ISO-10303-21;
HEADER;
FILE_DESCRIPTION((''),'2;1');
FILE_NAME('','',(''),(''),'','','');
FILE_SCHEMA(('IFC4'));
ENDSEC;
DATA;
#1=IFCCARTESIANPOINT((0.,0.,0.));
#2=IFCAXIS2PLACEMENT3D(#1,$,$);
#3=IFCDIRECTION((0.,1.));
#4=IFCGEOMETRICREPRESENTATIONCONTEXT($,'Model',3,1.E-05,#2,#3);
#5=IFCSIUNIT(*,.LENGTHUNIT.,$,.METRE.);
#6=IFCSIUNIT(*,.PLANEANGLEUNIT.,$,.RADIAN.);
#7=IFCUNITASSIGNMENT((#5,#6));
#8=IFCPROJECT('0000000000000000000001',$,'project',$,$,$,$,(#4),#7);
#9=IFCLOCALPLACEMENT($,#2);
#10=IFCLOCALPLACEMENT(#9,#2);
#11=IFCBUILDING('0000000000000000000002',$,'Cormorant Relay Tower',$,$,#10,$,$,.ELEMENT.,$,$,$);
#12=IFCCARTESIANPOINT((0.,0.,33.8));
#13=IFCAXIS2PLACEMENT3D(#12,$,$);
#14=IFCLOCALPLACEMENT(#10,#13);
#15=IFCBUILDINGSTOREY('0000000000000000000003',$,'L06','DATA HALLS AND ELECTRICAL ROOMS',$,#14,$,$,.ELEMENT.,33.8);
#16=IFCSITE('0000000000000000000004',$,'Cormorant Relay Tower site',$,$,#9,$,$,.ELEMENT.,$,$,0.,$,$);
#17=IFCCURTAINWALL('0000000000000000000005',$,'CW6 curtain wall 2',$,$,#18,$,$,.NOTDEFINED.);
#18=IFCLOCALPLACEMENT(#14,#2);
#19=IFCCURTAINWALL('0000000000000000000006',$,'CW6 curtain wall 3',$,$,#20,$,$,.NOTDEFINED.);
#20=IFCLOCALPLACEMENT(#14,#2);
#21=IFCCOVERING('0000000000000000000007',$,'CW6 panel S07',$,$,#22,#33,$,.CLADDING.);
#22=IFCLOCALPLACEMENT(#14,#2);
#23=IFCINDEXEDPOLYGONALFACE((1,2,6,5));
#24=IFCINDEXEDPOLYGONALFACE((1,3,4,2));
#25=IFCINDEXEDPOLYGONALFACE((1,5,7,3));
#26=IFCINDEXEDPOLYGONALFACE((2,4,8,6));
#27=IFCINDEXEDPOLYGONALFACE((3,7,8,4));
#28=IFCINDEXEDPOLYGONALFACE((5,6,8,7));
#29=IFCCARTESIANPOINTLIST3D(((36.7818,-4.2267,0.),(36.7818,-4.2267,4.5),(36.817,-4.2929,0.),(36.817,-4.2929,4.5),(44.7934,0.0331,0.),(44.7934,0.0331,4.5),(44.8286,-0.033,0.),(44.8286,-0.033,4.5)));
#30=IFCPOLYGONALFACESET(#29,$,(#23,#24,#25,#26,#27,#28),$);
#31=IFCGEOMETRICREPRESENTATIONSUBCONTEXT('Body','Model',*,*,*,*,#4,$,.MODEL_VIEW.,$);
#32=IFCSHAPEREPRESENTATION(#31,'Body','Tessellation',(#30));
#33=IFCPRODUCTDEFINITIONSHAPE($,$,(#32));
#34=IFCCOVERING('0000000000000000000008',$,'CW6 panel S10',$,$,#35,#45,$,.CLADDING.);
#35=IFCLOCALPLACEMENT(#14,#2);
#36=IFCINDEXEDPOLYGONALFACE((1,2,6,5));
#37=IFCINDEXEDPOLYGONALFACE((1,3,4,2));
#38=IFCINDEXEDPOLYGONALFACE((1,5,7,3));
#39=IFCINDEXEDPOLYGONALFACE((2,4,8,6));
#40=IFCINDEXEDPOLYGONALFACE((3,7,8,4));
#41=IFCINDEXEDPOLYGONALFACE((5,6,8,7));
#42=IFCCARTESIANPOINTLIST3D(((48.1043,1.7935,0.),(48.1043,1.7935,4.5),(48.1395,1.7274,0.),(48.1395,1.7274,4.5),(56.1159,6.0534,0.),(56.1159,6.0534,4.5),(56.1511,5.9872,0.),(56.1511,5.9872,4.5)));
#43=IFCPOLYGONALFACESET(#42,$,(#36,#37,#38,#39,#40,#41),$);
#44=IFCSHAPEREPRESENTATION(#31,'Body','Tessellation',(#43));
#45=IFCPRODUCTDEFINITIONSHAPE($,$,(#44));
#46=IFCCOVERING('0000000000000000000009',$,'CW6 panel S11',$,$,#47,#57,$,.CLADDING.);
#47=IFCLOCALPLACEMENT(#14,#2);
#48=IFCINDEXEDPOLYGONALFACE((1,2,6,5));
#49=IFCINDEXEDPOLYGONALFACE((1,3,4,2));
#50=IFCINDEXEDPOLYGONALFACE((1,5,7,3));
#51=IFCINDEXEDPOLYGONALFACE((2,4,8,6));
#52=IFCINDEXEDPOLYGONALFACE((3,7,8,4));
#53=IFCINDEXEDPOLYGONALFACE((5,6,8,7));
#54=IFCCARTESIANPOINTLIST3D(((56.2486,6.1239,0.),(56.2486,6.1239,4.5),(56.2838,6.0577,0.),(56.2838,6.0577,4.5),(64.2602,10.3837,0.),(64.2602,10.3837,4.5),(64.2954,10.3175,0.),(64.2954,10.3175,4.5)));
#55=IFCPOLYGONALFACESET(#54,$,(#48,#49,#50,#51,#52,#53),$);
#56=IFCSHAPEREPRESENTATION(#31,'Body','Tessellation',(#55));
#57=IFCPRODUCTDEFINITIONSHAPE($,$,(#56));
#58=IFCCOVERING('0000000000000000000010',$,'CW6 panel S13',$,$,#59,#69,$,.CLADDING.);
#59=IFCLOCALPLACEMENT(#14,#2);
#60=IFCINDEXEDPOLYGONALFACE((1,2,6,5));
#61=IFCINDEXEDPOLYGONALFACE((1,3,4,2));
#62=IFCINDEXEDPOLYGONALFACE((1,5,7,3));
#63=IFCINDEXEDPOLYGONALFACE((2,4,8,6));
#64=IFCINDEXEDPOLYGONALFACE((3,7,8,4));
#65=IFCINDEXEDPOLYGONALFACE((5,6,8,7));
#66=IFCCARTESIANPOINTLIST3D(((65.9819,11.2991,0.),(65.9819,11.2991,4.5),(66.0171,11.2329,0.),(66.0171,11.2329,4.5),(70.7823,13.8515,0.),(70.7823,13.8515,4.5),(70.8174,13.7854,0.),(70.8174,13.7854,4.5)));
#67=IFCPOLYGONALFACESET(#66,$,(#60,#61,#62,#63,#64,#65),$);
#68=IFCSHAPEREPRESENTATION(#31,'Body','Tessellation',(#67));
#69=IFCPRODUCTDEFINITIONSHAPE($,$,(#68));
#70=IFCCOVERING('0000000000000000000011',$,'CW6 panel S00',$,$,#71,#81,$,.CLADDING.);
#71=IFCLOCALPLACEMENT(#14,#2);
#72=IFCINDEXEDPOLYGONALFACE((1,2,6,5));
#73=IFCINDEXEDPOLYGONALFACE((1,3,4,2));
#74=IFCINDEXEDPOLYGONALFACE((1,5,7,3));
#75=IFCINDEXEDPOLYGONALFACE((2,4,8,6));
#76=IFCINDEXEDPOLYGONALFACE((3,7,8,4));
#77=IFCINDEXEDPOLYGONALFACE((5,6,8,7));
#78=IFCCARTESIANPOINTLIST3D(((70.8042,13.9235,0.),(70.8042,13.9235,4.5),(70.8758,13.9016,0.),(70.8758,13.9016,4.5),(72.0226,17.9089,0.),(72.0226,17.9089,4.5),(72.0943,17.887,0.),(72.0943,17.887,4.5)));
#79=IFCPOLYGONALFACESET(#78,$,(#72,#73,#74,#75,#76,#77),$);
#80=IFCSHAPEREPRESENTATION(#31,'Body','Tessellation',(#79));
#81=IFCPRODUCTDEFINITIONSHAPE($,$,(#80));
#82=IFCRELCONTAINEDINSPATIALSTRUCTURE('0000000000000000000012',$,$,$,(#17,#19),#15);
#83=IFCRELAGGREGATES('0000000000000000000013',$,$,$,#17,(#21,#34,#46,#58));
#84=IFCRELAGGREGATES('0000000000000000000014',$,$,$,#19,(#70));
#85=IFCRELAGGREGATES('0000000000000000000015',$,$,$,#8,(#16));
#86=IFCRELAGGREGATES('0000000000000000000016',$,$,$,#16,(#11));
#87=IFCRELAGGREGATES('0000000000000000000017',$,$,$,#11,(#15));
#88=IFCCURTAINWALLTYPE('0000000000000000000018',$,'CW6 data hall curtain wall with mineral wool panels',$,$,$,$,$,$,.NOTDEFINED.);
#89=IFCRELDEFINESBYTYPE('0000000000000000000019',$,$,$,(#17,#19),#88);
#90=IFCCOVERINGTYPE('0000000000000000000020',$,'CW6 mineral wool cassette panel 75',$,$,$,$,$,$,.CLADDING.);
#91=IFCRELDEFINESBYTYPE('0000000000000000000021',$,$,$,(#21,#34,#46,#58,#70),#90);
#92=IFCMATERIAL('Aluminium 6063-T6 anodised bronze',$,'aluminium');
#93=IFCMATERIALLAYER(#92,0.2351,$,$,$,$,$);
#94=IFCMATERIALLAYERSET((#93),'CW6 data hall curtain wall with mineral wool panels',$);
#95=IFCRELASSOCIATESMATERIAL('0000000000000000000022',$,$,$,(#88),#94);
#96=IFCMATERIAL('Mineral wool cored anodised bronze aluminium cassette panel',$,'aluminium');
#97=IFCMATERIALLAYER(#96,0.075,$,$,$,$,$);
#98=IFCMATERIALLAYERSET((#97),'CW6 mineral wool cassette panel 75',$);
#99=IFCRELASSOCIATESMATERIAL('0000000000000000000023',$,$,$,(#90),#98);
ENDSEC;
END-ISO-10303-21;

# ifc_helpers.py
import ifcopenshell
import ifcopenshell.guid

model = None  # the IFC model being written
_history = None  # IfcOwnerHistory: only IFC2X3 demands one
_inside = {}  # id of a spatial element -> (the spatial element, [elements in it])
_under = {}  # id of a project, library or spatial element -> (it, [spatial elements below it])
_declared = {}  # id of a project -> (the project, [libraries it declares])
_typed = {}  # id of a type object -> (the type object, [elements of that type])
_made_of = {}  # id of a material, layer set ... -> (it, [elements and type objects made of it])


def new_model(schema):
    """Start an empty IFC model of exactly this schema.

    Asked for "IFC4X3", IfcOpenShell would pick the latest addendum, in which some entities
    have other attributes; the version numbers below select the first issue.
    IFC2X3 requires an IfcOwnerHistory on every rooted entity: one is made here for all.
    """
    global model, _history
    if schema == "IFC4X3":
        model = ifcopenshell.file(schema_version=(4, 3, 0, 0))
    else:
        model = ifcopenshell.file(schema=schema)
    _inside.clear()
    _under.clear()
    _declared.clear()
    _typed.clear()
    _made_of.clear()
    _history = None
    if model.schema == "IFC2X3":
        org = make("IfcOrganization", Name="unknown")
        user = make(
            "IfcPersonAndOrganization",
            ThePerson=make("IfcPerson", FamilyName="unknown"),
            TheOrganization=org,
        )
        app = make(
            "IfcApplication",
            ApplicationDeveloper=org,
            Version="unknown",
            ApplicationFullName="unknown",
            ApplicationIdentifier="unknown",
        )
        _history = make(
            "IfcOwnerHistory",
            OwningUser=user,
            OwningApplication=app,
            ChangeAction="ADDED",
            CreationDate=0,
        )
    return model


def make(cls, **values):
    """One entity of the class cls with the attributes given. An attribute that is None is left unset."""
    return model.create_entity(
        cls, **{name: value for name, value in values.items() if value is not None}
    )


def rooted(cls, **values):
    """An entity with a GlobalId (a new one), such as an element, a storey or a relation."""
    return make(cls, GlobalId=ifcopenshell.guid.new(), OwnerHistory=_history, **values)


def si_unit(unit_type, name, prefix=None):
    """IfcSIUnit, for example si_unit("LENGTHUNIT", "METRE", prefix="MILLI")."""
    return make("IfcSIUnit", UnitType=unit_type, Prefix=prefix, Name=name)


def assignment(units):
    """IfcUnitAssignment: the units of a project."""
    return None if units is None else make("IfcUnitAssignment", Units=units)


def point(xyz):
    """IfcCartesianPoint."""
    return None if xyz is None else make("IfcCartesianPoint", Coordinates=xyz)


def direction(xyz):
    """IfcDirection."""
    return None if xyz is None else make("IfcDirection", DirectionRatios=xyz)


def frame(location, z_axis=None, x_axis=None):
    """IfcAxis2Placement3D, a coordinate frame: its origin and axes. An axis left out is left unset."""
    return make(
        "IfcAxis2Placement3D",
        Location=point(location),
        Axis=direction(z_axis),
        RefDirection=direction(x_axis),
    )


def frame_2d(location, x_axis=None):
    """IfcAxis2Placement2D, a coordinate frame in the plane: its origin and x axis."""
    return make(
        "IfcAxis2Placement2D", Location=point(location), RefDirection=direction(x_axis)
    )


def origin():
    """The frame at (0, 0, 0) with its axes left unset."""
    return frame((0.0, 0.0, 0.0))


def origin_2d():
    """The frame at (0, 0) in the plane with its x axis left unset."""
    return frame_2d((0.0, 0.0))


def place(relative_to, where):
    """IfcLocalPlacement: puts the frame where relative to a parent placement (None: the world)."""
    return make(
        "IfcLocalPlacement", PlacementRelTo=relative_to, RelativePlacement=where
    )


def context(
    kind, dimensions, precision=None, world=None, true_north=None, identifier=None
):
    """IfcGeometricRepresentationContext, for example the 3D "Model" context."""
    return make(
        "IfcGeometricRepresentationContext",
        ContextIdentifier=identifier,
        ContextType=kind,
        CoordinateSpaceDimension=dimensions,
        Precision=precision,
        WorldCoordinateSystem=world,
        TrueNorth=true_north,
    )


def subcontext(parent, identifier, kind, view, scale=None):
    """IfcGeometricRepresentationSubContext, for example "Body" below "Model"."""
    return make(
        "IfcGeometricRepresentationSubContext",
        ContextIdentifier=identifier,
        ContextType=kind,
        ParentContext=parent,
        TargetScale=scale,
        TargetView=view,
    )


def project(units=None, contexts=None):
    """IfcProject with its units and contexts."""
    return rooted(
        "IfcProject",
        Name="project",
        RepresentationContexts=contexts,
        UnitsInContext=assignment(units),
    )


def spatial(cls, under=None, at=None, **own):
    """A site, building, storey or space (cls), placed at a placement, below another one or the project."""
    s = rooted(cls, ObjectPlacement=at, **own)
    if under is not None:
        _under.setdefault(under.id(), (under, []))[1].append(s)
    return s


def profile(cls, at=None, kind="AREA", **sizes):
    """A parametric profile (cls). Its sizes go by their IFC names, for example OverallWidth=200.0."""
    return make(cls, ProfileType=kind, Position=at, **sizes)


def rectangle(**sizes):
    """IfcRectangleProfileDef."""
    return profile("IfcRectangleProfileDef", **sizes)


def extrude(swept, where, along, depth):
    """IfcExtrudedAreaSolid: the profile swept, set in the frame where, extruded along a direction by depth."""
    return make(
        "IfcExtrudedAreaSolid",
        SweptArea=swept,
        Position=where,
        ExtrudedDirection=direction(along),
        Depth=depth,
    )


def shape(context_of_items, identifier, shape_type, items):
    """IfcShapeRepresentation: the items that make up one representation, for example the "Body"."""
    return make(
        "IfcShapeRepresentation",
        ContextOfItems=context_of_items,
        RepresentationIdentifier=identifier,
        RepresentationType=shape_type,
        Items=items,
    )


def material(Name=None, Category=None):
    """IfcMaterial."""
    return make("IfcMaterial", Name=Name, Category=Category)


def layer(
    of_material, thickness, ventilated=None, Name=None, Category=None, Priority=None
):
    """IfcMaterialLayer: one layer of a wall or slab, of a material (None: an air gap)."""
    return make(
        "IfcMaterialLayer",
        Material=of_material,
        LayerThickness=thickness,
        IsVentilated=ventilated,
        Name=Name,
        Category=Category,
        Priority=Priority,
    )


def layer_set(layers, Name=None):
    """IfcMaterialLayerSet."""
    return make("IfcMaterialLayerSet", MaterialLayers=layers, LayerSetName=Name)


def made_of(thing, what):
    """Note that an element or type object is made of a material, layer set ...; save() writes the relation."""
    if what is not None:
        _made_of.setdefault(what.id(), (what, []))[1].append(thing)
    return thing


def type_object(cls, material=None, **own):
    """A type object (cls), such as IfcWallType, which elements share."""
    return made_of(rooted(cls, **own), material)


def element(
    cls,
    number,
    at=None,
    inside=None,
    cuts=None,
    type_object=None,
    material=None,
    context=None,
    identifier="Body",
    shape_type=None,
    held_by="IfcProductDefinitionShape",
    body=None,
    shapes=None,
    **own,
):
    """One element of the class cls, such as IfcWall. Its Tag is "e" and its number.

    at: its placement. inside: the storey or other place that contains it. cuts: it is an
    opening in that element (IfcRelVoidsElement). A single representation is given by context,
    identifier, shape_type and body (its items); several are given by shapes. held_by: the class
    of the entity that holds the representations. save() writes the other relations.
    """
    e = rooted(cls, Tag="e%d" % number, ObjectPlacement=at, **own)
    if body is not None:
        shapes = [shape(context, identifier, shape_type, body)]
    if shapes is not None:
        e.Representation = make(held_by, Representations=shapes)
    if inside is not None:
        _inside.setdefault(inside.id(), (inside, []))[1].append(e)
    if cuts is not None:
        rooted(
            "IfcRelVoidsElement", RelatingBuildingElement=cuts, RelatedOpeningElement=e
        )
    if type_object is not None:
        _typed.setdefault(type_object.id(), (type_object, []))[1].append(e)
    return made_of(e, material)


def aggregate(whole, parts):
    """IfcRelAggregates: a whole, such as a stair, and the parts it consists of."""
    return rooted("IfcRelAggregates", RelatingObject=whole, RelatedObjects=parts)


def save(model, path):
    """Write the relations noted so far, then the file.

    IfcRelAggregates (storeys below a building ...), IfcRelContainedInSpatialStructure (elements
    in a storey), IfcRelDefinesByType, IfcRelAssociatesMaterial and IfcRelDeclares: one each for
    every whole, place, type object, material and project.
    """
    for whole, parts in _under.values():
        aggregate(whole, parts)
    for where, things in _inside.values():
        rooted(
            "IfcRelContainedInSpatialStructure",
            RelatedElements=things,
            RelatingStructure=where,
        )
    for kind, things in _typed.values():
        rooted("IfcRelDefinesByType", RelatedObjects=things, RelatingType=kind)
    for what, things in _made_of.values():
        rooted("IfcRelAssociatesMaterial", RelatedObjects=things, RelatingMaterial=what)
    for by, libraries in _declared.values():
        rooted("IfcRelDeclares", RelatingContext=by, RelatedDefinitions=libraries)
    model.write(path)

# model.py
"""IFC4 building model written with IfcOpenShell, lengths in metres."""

from ifc_helpers import new_model, si_unit, direction, frame, origin, origin_2d, place, context, subcontext, project, spatial, rectangle, extrude, material, layer, layer_set, type_object, element, aggregate, save


model = new_model("IFC4")

# Units and contexts
model_context = context("Model", 3, precision=1e-05, world=origin(), true_north=direction((0.0, 1.0)))
body_context = subcontext(model_context, "Body", "Model", "MODEL_VIEW")
ifc_project = project(units=[si_unit("LENGTHUNIT", "METRE"), si_unit("PLANEANGLEUNIT", "RADIAN")], contexts=[model_context])

# Site, building, storey
site_placement = place(None, origin())
site = spatial("IfcSite", under=ifc_project, at=site_placement, Name="Cormorant Relay Tower site", CompositionType="ELEMENT", RefElevation=0.0)
building_placement = place(site_placement, origin())
building = spatial("IfcBuilding", under=site, at=building_placement, Name="Cormorant Relay Tower", CompositionType="ELEMENT")
storey_placement = place(building_placement, frame((0.0, 0.0, 33.8)))
storey = spatial("IfcBuildingStorey", under=building, at=storey_placement, Name="L06", Description="DATA HALLS AND ELECTRICAL ROOMS", CompositionType="ELEMENT", Elevation=33.8)

# Curtain walls
ifc_material_1 = material(Name="Aluminium 6063-T6 anodised bronze", Category="aluminium")
ifc_layer_1 = layer(ifc_material_1, 0.2351)
ifc_layer_set_1 = layer_set([ifc_layer_1], Name="CW6 data hall curtain wall with mineral wool panels")
curtain_wall_type = type_object("IfcCurtainWallType", Name="CW6 data hall curtain wall with mineral wool panels", PredefinedType="NOTDEFINED", material=ifc_layer_set_1)
curtain_wall_1_placement = place(storey_placement, origin())
curtain_wall_1 = element("IfcCurtainWall", 1, at=curtain_wall_1_placement, inside=storey, type_object=curtain_wall_type, Name="CW6 curtain wall 2", PredefinedType="NOTDEFINED")
curtain_wall_2_placement = place(storey_placement, origin())
curtain_wall_2 = element("IfcCurtainWall", 2, at=curtain_wall_2_placement, inside=storey, type_object=curtain_wall_type, Name="CW6 curtain wall 3", PredefinedType="NOTDEFINED")

# Coverings
ifc_material_2 = material(Name="Mineral wool cored anodised bronze aluminium cassette panel", Category="aluminium")
ifc_layer_2 = layer(ifc_material_2, 0.075)
ifc_layer_set_2 = layer_set([ifc_layer_2], Name="CW6 mineral wool cassette panel 75")
covering_type = type_object("IfcCoveringType", Name="CW6 mineral wool cassette panel 75", PredefinedType="CLADDING", material=ifc_layer_set_2)
covering_1_placement = place(storey_placement, frame((40.8052, -2.1299, 0.0), z_axis=(0.0, 0.0, 1.0), x_axis=(0.882948, 0.469472, 0.0)))
covering_1 = element("IfcCovering", 3, at=covering_1_placement, type_object=covering_type, Name="CW6 panel S07", PredefinedType="CLADDING", context=body_context, shape_type="SweptSolid", body=[
    extrude(rectangle(XDim=9.0737, YDim=0.075, at=origin_2d()), origin(), (0.0, 0.0, 1.0), 4.5),
])
covering_2_placement = place(storey_placement, frame((52.1277, 3.8904, 0.0), z_axis=(0.0, 0.0, 1.0), x_axis=(0.882948, 0.469472, 0.0)))
covering_2 = element("IfcCovering", 4, at=covering_2_placement, type_object=covering_type, Name="CW6 panel S10", PredefinedType="CLADDING", context=body_context, shape_type="SweptSolid", body=[
    extrude(rectangle(XDim=9.0737, YDim=0.075, at=origin_2d()), origin(), (0.0, 0.0, 1.0), 4.5),
])
covering_3_placement = place(storey_placement, frame((60.272, 8.2207, 0.0), z_axis=(0.0, 0.0, 1.0), x_axis=(0.882948, 0.469472, 0.0)))
covering_3 = element("IfcCovering", 5, at=covering_3_placement, type_object=covering_type, Name="CW6 panel S11", PredefinedType="CLADDING", context=body_context, shape_type="SweptSolid", body=[
    extrude(rectangle(XDim=9.0737, YDim=0.075, at=origin_2d()), origin(), (0.0, 0.0, 1.0), 4.5),
])
covering_4_placement = place(storey_placement, frame((68.3997, 12.5422, 0.0), z_axis=(0.0, 0.0, 1.0), x_axis=(0.882948, 0.469472, 0.0)))
covering_4 = element("IfcCovering", 6, at=covering_4_placement, type_object=covering_type, Name="CW6 panel S13", PredefinedType="CLADDING", context=body_context, shape_type="SweptSolid", body=[
    extrude(rectangle(XDim=5.4368, YDim=0.075, at=origin_2d()), origin(), (0.0, 0.0, 1.0), 4.5),
])
aggregate(curtain_wall_1, [covering_1, covering_2, covering_3, covering_4])
covering_5_placement = place(storey_placement, frame((71.4492, 15.9053, 0.0), z_axis=(0.0, 0.0, 1.0), x_axis=(0.292372, 0.956305, 0.0)))
covering_5 = element("IfcCovering", 7, at=covering_5_placement, type_object=covering_type, Name="CW6 panel S00", PredefinedType="CLADDING", context=body_context, shape_type="SweptSolid", body=[
    extrude(rectangle(XDim=4.1675, YDim=0.075, at=origin_2d()), origin(), (0.0, 0.0, 1.0), 4.5),
])
aggregate(curtain_wall_2, [covering_5])

save(model, "model.ifc")
